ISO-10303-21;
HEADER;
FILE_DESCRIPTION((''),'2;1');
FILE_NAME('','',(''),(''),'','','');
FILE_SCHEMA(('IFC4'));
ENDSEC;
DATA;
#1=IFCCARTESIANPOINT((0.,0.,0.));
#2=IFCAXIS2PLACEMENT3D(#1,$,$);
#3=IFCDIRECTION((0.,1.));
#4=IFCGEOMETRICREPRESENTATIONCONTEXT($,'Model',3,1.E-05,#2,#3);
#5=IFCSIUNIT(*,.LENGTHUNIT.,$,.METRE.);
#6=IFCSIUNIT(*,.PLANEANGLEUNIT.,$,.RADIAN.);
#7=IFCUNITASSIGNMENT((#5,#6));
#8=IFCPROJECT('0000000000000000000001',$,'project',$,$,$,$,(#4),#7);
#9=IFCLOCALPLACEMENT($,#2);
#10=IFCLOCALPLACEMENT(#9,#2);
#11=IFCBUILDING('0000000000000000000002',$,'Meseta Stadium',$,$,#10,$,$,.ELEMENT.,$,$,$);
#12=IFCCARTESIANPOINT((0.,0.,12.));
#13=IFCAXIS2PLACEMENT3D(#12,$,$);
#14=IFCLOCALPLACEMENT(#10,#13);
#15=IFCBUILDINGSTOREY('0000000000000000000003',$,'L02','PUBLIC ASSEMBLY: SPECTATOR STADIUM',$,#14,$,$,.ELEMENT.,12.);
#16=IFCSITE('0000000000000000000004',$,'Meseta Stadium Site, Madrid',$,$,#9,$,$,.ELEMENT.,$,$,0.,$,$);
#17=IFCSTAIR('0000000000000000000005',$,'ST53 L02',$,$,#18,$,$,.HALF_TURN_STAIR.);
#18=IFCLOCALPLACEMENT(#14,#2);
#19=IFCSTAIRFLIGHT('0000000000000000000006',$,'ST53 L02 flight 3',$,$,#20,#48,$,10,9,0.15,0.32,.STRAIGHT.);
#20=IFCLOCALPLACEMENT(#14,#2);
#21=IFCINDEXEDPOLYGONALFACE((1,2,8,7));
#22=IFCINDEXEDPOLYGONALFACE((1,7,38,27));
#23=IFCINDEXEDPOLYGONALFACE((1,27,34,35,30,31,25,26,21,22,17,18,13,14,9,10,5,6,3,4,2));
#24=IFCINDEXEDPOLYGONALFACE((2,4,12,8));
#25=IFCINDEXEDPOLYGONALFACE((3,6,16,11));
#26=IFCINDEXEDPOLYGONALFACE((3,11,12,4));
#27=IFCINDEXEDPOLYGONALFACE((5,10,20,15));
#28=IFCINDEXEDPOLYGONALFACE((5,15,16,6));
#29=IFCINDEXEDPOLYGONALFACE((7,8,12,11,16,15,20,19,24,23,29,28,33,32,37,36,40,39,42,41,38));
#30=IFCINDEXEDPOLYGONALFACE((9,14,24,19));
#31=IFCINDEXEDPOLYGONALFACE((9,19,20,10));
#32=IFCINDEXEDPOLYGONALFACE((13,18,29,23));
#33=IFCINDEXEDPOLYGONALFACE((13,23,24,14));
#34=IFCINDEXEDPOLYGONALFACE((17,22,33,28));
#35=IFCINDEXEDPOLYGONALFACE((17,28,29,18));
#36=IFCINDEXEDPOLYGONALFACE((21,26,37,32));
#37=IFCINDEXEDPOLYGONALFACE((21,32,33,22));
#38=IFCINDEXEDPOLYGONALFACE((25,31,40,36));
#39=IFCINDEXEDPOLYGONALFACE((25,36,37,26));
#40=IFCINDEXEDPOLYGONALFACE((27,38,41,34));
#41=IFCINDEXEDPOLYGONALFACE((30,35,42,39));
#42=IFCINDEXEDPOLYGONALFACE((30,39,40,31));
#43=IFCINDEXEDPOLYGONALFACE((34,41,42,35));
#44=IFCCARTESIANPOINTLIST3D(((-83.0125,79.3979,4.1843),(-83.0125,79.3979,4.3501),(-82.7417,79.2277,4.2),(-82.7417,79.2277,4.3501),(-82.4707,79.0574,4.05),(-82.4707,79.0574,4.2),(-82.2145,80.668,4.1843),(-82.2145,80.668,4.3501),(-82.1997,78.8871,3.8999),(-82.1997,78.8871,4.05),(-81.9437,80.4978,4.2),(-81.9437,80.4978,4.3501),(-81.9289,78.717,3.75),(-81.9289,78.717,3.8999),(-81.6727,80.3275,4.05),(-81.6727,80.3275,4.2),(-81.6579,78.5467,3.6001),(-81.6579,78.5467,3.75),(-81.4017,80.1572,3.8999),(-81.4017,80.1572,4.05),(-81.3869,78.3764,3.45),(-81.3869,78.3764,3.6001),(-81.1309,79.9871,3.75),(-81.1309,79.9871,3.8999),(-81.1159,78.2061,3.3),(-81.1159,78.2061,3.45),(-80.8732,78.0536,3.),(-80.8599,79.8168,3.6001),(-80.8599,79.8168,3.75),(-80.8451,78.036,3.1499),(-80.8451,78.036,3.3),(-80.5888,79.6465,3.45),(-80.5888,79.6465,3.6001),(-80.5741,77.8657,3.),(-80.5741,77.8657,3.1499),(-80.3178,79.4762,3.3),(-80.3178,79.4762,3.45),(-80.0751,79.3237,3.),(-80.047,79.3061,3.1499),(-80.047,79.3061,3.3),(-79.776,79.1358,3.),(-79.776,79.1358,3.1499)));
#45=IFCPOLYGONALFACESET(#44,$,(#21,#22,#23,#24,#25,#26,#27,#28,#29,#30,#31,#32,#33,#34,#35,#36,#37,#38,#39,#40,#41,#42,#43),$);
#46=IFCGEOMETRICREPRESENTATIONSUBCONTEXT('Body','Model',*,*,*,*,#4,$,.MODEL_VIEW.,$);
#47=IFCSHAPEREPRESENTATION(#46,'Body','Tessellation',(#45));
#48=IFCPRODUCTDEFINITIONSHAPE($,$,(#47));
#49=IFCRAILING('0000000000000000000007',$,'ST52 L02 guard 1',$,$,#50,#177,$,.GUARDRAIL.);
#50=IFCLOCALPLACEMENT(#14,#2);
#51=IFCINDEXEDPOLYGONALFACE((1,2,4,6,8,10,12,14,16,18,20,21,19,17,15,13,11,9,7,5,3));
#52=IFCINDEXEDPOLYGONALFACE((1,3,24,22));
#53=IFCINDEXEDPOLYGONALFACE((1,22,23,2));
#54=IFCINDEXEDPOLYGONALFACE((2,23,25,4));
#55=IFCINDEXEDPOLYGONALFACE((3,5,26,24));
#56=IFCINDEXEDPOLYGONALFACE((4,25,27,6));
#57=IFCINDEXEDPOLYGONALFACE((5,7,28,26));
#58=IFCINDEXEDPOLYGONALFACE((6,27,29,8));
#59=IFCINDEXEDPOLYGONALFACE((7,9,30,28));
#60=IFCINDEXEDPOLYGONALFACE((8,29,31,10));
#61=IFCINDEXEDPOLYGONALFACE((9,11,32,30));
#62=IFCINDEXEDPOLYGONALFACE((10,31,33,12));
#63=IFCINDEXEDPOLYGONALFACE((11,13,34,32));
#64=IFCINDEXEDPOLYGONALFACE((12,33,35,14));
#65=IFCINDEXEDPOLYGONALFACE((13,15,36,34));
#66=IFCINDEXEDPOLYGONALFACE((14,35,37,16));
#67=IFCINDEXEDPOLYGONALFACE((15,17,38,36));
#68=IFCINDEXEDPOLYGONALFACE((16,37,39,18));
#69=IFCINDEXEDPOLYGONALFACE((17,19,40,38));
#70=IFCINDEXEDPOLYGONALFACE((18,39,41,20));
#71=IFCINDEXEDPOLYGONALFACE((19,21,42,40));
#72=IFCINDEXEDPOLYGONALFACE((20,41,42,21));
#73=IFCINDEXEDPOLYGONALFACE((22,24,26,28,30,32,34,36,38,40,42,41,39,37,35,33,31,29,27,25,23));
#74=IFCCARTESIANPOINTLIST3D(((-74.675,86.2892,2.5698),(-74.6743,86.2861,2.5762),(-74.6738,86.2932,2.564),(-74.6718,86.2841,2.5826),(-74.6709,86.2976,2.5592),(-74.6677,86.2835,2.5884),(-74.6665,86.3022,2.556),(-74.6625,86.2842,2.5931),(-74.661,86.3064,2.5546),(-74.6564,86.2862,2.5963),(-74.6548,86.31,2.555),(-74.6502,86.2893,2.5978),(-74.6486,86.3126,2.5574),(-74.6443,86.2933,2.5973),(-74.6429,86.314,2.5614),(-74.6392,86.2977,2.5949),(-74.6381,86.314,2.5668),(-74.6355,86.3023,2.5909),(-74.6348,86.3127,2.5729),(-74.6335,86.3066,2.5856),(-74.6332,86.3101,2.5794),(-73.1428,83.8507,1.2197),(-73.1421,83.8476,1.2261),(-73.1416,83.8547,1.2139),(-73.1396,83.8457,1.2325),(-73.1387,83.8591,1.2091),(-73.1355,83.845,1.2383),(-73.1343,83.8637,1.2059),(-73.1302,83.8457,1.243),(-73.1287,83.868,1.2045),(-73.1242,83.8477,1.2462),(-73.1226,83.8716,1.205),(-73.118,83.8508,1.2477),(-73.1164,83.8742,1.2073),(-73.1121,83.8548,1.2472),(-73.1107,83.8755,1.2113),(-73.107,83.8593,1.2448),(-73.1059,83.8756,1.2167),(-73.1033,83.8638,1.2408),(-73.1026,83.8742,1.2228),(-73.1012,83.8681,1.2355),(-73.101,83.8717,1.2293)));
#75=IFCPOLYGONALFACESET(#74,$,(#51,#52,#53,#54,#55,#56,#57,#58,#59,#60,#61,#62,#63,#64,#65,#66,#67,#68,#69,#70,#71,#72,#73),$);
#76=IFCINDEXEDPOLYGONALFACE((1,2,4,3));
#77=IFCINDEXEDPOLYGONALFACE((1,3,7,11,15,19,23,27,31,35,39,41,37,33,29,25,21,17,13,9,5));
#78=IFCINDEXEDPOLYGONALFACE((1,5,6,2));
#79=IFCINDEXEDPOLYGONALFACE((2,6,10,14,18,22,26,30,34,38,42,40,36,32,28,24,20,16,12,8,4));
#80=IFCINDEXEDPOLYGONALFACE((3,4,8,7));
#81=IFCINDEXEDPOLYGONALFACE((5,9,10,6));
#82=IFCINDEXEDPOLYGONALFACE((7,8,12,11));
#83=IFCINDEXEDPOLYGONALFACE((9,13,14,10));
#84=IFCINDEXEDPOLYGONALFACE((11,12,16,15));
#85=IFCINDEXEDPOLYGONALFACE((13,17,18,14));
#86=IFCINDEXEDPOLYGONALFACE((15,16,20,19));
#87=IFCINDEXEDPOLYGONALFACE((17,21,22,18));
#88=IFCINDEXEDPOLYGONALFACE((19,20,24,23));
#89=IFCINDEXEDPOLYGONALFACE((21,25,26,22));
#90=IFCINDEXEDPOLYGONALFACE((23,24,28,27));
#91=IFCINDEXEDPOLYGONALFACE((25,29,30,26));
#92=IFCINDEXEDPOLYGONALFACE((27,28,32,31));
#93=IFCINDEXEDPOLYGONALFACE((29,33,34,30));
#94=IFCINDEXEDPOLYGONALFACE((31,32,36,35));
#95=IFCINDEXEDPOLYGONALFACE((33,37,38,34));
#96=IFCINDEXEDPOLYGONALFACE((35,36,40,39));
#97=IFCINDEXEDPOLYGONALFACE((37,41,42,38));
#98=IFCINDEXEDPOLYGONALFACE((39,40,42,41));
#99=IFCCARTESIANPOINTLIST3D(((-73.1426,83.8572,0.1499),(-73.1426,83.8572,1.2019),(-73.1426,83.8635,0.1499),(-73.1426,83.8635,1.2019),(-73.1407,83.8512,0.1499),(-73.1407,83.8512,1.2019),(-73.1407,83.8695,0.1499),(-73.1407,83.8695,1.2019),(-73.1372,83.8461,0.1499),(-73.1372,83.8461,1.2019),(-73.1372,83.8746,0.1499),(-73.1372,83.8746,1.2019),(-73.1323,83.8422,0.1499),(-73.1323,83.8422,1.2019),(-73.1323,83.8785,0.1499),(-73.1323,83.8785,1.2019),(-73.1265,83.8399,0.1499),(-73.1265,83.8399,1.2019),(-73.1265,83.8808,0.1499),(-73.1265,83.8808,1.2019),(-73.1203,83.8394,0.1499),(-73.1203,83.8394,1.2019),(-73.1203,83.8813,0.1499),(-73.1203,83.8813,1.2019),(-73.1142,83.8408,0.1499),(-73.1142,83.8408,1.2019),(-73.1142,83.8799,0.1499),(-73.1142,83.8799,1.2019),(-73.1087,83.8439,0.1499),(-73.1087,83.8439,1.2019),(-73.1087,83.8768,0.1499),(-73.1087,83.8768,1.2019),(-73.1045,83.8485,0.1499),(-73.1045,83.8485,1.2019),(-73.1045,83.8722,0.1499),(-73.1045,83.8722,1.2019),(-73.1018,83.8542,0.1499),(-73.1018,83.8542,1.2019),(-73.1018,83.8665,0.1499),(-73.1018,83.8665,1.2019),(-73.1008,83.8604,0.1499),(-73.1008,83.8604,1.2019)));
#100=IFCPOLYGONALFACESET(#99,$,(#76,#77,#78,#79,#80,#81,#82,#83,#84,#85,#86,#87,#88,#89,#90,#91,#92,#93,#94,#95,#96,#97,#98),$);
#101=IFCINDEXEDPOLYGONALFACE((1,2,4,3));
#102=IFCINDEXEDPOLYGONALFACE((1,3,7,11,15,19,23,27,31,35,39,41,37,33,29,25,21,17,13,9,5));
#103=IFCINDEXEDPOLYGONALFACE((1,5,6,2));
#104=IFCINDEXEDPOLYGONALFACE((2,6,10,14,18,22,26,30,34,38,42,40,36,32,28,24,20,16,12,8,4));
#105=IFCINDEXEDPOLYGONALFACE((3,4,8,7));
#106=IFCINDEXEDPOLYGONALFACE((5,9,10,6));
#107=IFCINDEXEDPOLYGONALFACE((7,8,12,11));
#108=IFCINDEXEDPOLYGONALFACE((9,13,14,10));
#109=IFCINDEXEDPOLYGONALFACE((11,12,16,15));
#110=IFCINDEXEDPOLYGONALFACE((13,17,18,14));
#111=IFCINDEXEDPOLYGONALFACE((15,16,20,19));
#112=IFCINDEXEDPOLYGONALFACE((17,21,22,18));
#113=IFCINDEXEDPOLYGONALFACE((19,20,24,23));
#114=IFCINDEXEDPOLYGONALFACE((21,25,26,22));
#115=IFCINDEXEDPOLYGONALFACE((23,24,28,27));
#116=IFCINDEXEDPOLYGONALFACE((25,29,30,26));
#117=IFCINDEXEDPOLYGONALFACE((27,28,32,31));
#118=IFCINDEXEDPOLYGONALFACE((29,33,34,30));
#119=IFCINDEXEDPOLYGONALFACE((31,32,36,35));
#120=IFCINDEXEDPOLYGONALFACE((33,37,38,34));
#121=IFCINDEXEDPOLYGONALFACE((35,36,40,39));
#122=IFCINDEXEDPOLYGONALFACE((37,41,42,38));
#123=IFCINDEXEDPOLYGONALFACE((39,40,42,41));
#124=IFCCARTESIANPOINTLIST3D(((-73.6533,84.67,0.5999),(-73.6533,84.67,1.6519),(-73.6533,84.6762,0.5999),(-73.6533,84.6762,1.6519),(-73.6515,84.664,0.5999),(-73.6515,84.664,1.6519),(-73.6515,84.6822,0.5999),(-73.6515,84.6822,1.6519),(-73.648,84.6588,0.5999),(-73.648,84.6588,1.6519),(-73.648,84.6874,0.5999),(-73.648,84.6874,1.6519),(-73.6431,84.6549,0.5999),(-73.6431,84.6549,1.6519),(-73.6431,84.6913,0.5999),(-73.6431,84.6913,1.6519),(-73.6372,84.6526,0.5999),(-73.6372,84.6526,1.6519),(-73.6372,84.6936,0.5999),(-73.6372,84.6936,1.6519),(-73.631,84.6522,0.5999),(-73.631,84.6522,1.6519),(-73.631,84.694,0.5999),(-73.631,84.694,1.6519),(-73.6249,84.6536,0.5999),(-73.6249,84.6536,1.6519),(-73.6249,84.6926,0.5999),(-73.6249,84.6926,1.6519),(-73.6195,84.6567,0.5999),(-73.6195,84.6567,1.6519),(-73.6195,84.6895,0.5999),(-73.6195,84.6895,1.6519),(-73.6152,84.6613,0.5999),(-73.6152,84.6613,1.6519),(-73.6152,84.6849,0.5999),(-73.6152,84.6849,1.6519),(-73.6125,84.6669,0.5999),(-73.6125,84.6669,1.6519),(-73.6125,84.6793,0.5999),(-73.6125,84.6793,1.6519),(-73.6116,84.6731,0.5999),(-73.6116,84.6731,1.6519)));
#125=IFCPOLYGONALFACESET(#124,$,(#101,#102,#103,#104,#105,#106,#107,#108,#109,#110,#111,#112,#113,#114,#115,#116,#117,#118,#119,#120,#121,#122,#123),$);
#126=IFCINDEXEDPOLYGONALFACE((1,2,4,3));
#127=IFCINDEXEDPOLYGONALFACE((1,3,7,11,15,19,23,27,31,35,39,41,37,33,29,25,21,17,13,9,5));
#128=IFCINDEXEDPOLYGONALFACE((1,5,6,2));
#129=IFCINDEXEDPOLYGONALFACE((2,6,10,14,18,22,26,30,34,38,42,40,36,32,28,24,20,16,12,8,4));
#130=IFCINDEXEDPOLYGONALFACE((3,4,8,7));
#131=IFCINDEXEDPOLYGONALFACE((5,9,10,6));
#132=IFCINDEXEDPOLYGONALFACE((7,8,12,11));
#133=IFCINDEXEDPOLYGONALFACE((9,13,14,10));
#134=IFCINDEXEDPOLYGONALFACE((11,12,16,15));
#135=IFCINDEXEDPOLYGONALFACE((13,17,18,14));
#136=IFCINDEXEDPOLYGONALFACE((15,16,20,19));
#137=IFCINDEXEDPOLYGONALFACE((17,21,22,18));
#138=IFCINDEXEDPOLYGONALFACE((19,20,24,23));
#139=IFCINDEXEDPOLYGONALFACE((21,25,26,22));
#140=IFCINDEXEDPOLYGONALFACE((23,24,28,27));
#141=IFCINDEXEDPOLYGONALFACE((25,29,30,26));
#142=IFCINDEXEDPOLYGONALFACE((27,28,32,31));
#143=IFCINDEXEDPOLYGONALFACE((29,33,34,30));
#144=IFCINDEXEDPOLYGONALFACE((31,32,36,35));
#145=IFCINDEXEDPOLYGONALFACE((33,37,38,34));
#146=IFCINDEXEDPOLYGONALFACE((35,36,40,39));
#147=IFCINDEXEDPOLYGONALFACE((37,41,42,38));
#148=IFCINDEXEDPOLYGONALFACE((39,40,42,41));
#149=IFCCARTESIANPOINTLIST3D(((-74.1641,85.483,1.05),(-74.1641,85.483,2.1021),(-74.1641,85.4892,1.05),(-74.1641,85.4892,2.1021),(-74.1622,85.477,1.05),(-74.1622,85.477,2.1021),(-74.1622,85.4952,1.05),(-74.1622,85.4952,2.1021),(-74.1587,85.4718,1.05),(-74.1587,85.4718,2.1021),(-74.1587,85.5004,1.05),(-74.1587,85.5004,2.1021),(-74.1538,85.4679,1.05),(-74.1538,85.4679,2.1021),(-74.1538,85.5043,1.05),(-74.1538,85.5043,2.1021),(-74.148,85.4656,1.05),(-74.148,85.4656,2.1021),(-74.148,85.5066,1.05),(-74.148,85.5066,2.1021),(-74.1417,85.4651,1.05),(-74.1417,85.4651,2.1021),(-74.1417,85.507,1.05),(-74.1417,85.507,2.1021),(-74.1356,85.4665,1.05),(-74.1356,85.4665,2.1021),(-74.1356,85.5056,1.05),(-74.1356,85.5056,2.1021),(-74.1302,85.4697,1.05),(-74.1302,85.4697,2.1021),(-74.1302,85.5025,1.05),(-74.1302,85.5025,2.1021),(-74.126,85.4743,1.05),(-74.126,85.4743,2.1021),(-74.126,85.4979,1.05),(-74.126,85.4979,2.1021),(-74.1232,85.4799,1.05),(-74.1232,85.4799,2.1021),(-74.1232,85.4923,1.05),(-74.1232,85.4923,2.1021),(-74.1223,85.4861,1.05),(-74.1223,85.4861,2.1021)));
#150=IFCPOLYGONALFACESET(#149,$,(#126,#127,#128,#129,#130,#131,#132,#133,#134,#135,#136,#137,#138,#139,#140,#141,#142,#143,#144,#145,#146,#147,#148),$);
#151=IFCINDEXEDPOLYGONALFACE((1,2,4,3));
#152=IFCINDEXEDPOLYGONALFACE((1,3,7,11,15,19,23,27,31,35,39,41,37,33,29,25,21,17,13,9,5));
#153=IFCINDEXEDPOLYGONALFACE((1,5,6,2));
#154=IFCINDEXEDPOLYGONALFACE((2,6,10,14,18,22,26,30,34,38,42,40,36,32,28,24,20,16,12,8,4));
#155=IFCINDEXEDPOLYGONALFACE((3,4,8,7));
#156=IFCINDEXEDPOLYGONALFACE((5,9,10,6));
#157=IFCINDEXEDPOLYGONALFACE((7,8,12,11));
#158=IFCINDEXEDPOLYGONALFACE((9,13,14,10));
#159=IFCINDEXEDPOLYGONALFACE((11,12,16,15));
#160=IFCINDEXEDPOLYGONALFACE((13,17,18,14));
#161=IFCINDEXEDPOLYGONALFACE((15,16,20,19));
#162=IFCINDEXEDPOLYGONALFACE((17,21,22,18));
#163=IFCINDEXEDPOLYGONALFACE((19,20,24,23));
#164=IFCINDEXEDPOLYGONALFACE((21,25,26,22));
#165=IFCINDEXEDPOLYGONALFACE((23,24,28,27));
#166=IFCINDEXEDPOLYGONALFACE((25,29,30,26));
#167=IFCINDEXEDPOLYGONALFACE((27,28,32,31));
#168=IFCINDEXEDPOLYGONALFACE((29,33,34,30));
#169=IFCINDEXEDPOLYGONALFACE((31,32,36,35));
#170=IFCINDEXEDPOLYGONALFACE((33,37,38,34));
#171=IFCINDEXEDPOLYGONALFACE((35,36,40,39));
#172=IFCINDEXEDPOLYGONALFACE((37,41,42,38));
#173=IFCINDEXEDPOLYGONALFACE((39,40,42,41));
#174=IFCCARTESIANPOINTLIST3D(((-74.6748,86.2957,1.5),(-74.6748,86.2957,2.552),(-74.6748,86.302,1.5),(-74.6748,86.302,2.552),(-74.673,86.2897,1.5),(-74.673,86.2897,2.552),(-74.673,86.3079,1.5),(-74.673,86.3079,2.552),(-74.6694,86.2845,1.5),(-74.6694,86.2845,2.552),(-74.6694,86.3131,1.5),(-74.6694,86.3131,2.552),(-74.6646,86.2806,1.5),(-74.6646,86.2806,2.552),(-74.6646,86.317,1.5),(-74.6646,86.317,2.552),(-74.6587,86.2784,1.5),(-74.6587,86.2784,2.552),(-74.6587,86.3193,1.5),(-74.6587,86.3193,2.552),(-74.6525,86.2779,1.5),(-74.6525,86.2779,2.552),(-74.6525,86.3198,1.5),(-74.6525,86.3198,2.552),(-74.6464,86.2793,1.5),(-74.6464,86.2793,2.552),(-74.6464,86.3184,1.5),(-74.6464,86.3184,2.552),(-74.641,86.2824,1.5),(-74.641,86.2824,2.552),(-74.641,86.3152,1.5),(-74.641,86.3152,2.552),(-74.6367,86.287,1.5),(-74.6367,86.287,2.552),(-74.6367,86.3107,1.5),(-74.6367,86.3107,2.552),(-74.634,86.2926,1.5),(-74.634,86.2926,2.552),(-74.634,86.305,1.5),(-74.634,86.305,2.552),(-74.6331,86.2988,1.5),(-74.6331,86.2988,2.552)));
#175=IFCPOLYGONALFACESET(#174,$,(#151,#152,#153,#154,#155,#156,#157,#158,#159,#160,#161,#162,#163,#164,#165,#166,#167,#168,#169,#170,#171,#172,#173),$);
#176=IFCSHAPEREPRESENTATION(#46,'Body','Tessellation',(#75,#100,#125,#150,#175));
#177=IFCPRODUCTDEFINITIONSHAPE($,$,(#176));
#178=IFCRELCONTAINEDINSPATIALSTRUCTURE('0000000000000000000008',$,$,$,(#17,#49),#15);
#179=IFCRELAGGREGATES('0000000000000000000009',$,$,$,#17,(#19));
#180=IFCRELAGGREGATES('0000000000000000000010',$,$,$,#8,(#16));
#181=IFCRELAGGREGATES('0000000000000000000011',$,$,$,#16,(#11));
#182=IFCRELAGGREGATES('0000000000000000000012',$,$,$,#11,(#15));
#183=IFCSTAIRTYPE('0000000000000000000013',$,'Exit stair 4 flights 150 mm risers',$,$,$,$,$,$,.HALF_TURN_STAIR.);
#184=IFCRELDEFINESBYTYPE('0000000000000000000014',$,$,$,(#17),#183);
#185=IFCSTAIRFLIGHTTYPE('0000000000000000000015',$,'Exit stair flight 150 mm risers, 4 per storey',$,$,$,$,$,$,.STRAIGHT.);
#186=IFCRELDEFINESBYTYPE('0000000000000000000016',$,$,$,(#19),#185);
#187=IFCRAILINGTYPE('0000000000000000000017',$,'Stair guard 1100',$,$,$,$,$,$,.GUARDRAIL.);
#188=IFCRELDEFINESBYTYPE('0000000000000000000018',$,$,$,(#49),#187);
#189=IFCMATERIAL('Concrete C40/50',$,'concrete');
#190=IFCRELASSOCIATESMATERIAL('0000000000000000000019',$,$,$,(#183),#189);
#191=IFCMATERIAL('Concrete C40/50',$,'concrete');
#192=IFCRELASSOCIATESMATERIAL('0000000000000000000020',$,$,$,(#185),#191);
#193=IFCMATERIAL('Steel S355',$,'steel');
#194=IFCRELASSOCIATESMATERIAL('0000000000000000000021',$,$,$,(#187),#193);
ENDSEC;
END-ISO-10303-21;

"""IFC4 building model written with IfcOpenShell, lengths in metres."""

from ifc_helpers import new_model, si_unit, direction, frame, origin, origin_2d, place, context, subcontext, project, spatial, polyline, circle, outline, extrude, material, type_object, element, aggregate, save


model = new_model("IFC4")

# Units and contexts
model_context = context("Model", 3, precision=1e-05, world=origin(), true_north=direction((0.0, 1.0)))
body_context = subcontext(model_context, "Body", "Model", "MODEL_VIEW")
ifc_project = project(units=[si_unit("LENGTHUNIT", "METRE"), si_unit("PLANEANGLEUNIT", "RADIAN")], contexts=[model_context])

# Site, building, storey
site_placement = place(None, origin())
site = spatial("IfcSite", under=ifc_project, at=site_placement, Name="Meseta Stadium Site, Madrid", CompositionType="ELEMENT", RefElevation=0.0)
building_placement = place(site_placement, origin())
building = spatial("IfcBuilding", under=site, at=building_placement, Name="Meseta Stadium", CompositionType="ELEMENT")
storey_placement = place(building_placement, frame((0.0, 0.0, 12.0)))
storey = spatial("IfcBuildingStorey", under=building, at=storey_placement, Name="L02", Description="PUBLIC ASSEMBLY: SPECTATOR STADIUM", CompositionType="ELEMENT", Elevation=12.0)

# Stair, stair flight
ifc_material_1 = material(Name="Concrete C40/50", Category="concrete")
stair_type = type_object("IfcStairType", Name="Exit stair 4 flights 150 mm risers", PredefinedType="HALF_TURN_STAIR", material=ifc_material_1)
ifc_material_2 = material(Name="Concrete C40/50", Category="concrete")
stair_flight_type = type_object("IfcStairFlightType", Name="Exit stair flight 150 mm risers, 4 per storey", PredefinedType="STRAIGHT", material=ifc_material_2)
stair_1_placement = place(storey_placement, origin())
stair_1 = element("IfcStair", 1, at=stair_1_placement, inside=storey, type_object=stair_type, Name="ST53 L02", PredefinedType="HALF_TURN_STAIR")
stair_flight_1_placement = place(storey_placement, frame((-80.175, 78.5007, 3.0), z_axis=(0.0, 0.0, 1.0), x_axis=(-0.846724, 0.532032, 0.0)))
stair_flight_1 = element("IfcStairFlight", 2, at=stair_flight_1_placement, type_object=stair_flight_type, Name="ST53 L02 flight 3", NumberOfRisers=10, NumberOfTreads=9, PredefinedType="STRAIGHT", RiserHeight=0.15, TreadLength=0.32, context=body_context, shape_type="SweptSolid", body=[
    extrude(outline(polyline([(0.0, 0.0), (0.0, 0.1499), (0.3201, 0.1499), (0.3201, 0.3), (0.6399, 0.3), (0.6399, 0.45), (0.96, 0.45), (0.96, 0.6001), (1.28, 0.6001), (1.28, 0.75), (1.6001, 0.75), (1.6001, 0.8999), (1.9199, 0.8999), (1.9199, 1.05), (2.24, 1.05), (2.24, 1.2), (2.5601, 1.2), (2.5601, 1.3501), (2.8799, 1.3501), (2.8799, 1.1843), (0.3533, 0.0), (0.0, 0.0)])), frame((0.0, 0.75, 0.0), z_axis=(0.0, -1.0, 0.0), x_axis=(1.0, 0.0, 0.0)), (0.0, 0.0, 1.0), 1.5),
])
aggregate(stair_1, [stair_flight_1])

# Railing
ifc_material_3 = material(Name="Steel S355", Category="steel")
railing_type_1 = type_object("IfcRailingType", Name="Stair guard 1100", PredefinedType="GUARDRAIL", material=ifc_material_3)
railing_1_placement = place(storey_placement, frame((-73.1218, 83.8604, 0.1499)))
element("IfcRailing", 3, at=railing_1_placement, inside=storey, type_object=railing_type_1, Name="ST52 L02 guard 1", PredefinedType="GUARDRAIL", context=body_context, shape_type="SweptSolid", body=[
    extrude(circle(Radius=0.0239, at=origin_2d()), frame((0.0, 0.0, 1.0762), z_axis=(-0.481731, 0.766655, 0.42447), x_axis=(-0.846719, -0.53204, 0.0)), (0.0, 0.0, 1.0), 3.1807),
    extrude(circle(Radius=0.021, at=origin_2d()), origin(), (0.0, 0.0, 1.0), 1.052),
    extrude(circle(Radius=0.021, at=origin_2d()), frame((-0.5107, 0.8127, 0.45)), (0.0, 0.0, 1.0), 1.052),
    extrude(circle(Radius=0.021, at=origin_2d()), frame((-1.0215, 1.6257, 0.9001)), (0.0, 0.0, 1.0), 1.052),
    extrude(circle(Radius=0.021, at=origin_2d()), frame((-1.5322, 2.4385, 1.3501)), (0.0, 0.0, 1.0), 1.052),
])

save(model, "model.ifc")
